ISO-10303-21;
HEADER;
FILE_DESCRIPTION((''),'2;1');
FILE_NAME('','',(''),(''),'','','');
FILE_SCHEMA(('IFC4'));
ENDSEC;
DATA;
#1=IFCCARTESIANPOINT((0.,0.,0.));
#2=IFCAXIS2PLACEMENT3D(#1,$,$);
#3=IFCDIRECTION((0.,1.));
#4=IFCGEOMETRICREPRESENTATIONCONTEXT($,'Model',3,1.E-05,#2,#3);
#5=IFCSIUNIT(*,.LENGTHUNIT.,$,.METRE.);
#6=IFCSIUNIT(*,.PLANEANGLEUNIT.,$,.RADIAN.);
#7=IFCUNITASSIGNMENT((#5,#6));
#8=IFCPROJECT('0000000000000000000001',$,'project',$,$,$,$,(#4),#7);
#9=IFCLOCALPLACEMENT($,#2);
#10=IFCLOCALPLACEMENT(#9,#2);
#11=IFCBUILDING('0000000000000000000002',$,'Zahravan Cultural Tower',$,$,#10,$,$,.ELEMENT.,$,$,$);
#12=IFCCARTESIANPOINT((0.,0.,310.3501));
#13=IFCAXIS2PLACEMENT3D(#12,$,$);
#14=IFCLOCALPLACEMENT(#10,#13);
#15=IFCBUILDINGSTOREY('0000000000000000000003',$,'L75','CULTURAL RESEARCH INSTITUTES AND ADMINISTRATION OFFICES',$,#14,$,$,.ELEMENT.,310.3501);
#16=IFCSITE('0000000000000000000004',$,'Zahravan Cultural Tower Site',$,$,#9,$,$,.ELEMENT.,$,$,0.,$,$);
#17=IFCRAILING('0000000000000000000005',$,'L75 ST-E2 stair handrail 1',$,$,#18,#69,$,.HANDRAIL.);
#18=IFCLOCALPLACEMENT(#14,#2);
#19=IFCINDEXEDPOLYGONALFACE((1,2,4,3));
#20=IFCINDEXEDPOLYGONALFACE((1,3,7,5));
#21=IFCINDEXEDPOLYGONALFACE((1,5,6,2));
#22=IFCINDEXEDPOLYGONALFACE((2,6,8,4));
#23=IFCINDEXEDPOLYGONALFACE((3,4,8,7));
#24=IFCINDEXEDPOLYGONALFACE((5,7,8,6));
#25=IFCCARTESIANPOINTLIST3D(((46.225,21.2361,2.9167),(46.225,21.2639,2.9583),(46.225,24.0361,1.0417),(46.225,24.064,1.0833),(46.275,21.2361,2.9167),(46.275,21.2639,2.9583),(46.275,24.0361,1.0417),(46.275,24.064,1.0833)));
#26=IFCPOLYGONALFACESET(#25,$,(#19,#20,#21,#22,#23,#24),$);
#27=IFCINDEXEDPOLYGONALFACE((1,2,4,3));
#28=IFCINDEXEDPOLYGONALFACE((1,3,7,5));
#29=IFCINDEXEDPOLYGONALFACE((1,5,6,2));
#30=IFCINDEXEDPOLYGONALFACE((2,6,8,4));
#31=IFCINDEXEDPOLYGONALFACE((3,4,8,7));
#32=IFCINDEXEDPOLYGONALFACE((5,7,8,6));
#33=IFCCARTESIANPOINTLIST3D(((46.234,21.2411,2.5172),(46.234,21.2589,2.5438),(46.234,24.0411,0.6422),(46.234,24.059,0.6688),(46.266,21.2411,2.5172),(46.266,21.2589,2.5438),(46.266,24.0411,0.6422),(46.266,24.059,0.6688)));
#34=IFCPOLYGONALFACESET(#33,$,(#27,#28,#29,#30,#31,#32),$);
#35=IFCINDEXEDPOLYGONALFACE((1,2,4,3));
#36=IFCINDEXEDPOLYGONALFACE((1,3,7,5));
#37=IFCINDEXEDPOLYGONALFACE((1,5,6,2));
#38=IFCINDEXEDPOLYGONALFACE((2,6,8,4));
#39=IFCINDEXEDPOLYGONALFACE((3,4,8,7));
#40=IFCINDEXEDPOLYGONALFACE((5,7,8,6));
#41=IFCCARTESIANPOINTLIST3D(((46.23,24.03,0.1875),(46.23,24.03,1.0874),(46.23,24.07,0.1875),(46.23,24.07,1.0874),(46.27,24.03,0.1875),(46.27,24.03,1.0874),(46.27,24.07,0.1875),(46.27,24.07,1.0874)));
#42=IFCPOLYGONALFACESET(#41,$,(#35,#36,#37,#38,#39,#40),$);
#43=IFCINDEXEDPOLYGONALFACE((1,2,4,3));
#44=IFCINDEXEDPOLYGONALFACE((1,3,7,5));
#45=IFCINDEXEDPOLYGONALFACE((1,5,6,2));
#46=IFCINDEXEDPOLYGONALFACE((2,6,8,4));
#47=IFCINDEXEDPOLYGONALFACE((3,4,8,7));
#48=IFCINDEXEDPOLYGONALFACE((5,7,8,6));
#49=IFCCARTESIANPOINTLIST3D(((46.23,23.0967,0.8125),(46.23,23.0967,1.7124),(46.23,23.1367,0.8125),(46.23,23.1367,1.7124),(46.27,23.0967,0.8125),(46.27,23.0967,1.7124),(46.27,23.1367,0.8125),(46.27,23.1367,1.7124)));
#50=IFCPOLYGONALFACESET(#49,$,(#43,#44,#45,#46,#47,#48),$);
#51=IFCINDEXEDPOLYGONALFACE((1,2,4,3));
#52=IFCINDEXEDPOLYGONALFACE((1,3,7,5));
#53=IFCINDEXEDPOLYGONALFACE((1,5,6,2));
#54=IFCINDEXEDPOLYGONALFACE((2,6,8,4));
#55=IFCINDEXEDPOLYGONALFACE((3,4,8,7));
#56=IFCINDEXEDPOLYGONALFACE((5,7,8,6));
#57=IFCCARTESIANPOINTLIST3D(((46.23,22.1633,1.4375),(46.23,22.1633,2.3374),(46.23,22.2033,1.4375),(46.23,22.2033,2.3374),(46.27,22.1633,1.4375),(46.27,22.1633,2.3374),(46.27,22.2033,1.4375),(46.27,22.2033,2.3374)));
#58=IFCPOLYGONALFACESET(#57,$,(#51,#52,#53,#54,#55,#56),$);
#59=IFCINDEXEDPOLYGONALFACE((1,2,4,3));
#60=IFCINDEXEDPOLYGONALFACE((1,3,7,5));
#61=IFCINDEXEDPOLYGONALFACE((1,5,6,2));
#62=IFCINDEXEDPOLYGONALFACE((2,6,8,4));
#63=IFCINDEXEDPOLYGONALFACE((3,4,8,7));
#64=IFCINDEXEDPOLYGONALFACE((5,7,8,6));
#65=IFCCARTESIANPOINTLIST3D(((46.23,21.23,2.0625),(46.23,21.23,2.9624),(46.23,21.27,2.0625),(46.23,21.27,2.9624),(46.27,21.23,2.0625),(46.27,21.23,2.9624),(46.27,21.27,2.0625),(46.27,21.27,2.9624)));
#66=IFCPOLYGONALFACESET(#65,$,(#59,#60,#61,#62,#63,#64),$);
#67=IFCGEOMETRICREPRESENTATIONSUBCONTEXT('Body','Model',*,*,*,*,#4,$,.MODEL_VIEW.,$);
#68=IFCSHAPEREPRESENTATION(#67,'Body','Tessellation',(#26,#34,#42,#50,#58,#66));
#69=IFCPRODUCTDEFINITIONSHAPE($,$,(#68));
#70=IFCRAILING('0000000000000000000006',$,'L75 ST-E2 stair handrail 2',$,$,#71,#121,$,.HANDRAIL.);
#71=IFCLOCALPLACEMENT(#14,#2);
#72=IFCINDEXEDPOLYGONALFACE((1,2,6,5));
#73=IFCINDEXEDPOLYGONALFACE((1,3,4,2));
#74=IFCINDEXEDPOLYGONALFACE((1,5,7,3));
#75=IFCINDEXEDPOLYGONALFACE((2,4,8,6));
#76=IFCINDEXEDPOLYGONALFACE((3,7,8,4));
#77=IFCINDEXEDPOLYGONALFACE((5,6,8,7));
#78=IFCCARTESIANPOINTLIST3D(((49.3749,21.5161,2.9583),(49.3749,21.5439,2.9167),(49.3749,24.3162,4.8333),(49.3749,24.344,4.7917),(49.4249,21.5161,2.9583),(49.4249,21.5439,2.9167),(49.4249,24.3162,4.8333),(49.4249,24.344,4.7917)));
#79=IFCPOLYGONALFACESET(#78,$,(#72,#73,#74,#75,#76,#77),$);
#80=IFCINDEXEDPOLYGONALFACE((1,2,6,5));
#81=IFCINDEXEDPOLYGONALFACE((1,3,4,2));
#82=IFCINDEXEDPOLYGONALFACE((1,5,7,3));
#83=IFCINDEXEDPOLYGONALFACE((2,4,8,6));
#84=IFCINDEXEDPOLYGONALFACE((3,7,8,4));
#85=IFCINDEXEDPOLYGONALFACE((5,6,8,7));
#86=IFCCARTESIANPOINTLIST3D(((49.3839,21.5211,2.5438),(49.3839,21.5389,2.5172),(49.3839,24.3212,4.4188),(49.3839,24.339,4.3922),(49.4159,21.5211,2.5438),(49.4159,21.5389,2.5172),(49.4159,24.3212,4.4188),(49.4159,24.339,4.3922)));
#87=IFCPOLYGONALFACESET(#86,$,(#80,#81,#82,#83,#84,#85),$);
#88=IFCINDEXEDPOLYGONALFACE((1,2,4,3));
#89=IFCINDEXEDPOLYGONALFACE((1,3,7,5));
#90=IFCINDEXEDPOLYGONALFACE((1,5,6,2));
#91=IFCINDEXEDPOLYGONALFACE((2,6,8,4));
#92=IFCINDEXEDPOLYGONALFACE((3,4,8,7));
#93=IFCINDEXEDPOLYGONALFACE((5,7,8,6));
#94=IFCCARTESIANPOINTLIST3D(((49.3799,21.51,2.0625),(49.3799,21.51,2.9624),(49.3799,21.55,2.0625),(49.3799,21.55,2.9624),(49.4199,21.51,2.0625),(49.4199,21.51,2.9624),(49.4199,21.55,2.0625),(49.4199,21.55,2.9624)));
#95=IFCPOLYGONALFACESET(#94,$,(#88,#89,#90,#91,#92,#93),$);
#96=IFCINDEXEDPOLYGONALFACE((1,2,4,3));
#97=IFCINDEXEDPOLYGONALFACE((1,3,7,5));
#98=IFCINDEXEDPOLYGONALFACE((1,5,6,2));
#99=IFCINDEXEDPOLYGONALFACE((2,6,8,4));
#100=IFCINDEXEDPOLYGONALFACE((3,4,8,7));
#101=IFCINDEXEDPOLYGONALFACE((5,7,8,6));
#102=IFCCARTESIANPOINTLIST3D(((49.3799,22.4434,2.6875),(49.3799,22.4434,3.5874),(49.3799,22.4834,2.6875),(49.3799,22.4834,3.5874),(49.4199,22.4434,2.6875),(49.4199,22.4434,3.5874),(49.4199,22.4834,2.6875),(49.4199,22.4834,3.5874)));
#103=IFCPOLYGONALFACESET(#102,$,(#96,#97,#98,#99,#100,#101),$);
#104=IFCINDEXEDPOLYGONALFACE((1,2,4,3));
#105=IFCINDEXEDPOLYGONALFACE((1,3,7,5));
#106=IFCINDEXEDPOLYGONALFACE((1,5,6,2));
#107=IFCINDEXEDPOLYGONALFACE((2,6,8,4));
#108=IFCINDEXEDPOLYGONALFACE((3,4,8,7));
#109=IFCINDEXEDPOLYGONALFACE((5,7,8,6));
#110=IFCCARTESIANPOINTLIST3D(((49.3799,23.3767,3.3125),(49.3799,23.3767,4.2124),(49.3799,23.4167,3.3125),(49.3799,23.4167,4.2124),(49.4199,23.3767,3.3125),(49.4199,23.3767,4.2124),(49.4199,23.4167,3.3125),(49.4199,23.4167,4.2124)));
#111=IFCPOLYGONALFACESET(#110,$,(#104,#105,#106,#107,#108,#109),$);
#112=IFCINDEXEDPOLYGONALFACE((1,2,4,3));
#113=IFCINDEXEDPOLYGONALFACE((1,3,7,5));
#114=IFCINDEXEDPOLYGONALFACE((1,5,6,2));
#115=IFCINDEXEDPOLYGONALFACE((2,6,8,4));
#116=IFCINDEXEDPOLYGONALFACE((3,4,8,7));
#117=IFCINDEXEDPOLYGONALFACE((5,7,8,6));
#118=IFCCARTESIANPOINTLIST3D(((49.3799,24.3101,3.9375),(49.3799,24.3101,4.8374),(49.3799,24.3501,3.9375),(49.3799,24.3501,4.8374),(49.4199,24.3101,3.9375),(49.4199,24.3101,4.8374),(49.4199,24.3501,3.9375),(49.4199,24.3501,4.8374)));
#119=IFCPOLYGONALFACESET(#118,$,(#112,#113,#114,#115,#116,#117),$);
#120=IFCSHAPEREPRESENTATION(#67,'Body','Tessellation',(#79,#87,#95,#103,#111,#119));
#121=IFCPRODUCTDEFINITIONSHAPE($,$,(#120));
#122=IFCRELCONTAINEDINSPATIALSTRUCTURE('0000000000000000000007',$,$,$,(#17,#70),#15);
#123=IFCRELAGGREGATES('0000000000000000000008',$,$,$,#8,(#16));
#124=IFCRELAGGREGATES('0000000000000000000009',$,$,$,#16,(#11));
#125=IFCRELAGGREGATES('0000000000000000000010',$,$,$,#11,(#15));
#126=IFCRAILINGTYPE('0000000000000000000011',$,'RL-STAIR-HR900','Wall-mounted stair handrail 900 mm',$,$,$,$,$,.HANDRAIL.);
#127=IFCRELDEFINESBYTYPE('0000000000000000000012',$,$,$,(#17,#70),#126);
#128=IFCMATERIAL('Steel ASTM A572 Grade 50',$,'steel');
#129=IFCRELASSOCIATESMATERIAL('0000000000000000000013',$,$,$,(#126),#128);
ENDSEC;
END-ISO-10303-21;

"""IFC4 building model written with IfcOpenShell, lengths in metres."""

from ifc_helpers import new_model, si_unit, direction, frame, origin, origin_2d, place, context, subcontext, project, spatial, rectangle, extrude, material, type_object, element, save


model = new_model("IFC4")

# Units and contexts
model_context = context("Model", 3, precision=1e-05, world=origin(), true_north=direction((0.0, 1.0)))
body_context = subcontext(model_context, "Body", "Model", "MODEL_VIEW")
ifc_project = project(units=[si_unit("LENGTHUNIT", "METRE"), si_unit("PLANEANGLEUNIT", "RADIAN")], contexts=[model_context])

# Site, building, storey
site_placement = place(None, origin())
site = spatial("IfcSite", under=ifc_project, at=site_placement, Name="Zahravan Cultural Tower Site", CompositionType="ELEMENT", RefElevation=0.0)
building_placement = place(site_placement, origin())
building = spatial("IfcBuilding", under=site, at=building_placement, Name="Zahravan Cultural Tower", CompositionType="ELEMENT")
storey_placement = place(building_placement, frame((0.0, 0.0, 310.3501)))
storey = spatial("IfcBuildingStorey", under=building, at=storey_placement, Name="L75", Description="CULTURAL RESEARCH INSTITUTES AND ADMINISTRATION OFFICES", CompositionType="ELEMENT", Elevation=310.3501)

# Railings
ifc_material_1 = material(Name="Steel ASTM A572 Grade 50", Category="steel")
railing_type_1 = type_object("IfcRailingType", Name="RL-STAIR-HR900", Description="Wall-mounted stair handrail 900 mm", PredefinedType="HANDRAIL", material=ifc_material_1)
railing_1_placement = place(storey_placement, frame((46.25, 24.05, 0.1875)))
element("IfcRailing", 1, at=railing_1_placement, inside=storey, type_object=railing_type_1, Name="L75 ST-E2 stair handrail 1", PredefinedType="HANDRAIL", context=body_context, shape_type="SweptSolid", body=[
    extrude(rectangle(XDim=0.05, YDim=0.05, at=origin_2d()), frame((0.0, 0.0, 0.875), z_axis=(0.0, -0.830912, 0.556404), x_axis=(1.0, 0.0, 0.0)), (0.0, 0.0, 1.0), 3.3699),
    extrude(rectangle(XDim=0.032, YDim=0.032, at=origin_2d()), frame((0.0, 0.0, 0.468), z_axis=(0.0, -0.830912, 0.556404), x_axis=(1.0, 0.0, 0.0)), (0.0, 0.0, 1.0), 3.3699),
    extrude(rectangle(XDim=0.04, YDim=0.04, at=origin_2d()), origin(), (0.0, 0.0, 1.0), 0.8999),
    extrude(rectangle(XDim=0.04, YDim=0.04, at=origin_2d()), frame((0.0, -0.9333, 0.625)), (0.0, 0.0, 1.0), 0.8999),
    extrude(rectangle(XDim=0.04, YDim=0.04, at=origin_2d()), frame((0.0, -1.8667, 1.25)), (0.0, 0.0, 1.0), 0.8999),
    extrude(rectangle(XDim=0.04, YDim=0.04, at=origin_2d()), frame((0.0, -2.8, 1.875)), (0.0, 0.0, 1.0), 0.8999),
])
railing_2_placement = place(storey_placement, frame((49.3999, 21.53, 2.0625)))
element("IfcRailing", 2, at=railing_2_placement, inside=storey, type_object=railing_type_1, Name="L75 ST-E2 stair handrail 2", PredefinedType="HANDRAIL", context=body_context, shape_type="SweptSolid", body=[
    extrude(rectangle(XDim=0.05, YDim=0.05, at=origin_2d()), frame((0.0, 0.0, 0.875), z_axis=(0.0, 0.830912, 0.556404), x_axis=(-1.0, 0.0, 0.0)), (0.0, 0.0, 1.0), 3.3699),
    extrude(rectangle(XDim=0.032, YDim=0.032, at=origin_2d()), frame((0.0, 0.0, 0.468), z_axis=(0.0, 0.830912, 0.556404), x_axis=(-1.0, 0.0, 0.0)), (0.0, 0.0, 1.0), 3.3699),
    extrude(rectangle(XDim=0.04, YDim=0.04, at=origin_2d()), origin(), (0.0, 0.0, 1.0), 0.8999),
    extrude(rectangle(XDim=0.04, YDim=0.04, at=origin_2d()), frame((0.0, 0.9333, 0.625)), (0.0, 0.0, 1.0), 0.8999),
    extrude(rectangle(XDim=0.04, YDim=0.04, at=origin_2d()), frame((0.0, 1.8667, 1.25)), (0.0, 0.0, 1.0), 0.8999),
    extrude(rectangle(XDim=0.04, YDim=0.04, at=origin_2d()), frame((0.0, 2.8, 1.875)), (0.0, 0.0, 1.0), 0.8999),
])

save(model, "model.ifc")
